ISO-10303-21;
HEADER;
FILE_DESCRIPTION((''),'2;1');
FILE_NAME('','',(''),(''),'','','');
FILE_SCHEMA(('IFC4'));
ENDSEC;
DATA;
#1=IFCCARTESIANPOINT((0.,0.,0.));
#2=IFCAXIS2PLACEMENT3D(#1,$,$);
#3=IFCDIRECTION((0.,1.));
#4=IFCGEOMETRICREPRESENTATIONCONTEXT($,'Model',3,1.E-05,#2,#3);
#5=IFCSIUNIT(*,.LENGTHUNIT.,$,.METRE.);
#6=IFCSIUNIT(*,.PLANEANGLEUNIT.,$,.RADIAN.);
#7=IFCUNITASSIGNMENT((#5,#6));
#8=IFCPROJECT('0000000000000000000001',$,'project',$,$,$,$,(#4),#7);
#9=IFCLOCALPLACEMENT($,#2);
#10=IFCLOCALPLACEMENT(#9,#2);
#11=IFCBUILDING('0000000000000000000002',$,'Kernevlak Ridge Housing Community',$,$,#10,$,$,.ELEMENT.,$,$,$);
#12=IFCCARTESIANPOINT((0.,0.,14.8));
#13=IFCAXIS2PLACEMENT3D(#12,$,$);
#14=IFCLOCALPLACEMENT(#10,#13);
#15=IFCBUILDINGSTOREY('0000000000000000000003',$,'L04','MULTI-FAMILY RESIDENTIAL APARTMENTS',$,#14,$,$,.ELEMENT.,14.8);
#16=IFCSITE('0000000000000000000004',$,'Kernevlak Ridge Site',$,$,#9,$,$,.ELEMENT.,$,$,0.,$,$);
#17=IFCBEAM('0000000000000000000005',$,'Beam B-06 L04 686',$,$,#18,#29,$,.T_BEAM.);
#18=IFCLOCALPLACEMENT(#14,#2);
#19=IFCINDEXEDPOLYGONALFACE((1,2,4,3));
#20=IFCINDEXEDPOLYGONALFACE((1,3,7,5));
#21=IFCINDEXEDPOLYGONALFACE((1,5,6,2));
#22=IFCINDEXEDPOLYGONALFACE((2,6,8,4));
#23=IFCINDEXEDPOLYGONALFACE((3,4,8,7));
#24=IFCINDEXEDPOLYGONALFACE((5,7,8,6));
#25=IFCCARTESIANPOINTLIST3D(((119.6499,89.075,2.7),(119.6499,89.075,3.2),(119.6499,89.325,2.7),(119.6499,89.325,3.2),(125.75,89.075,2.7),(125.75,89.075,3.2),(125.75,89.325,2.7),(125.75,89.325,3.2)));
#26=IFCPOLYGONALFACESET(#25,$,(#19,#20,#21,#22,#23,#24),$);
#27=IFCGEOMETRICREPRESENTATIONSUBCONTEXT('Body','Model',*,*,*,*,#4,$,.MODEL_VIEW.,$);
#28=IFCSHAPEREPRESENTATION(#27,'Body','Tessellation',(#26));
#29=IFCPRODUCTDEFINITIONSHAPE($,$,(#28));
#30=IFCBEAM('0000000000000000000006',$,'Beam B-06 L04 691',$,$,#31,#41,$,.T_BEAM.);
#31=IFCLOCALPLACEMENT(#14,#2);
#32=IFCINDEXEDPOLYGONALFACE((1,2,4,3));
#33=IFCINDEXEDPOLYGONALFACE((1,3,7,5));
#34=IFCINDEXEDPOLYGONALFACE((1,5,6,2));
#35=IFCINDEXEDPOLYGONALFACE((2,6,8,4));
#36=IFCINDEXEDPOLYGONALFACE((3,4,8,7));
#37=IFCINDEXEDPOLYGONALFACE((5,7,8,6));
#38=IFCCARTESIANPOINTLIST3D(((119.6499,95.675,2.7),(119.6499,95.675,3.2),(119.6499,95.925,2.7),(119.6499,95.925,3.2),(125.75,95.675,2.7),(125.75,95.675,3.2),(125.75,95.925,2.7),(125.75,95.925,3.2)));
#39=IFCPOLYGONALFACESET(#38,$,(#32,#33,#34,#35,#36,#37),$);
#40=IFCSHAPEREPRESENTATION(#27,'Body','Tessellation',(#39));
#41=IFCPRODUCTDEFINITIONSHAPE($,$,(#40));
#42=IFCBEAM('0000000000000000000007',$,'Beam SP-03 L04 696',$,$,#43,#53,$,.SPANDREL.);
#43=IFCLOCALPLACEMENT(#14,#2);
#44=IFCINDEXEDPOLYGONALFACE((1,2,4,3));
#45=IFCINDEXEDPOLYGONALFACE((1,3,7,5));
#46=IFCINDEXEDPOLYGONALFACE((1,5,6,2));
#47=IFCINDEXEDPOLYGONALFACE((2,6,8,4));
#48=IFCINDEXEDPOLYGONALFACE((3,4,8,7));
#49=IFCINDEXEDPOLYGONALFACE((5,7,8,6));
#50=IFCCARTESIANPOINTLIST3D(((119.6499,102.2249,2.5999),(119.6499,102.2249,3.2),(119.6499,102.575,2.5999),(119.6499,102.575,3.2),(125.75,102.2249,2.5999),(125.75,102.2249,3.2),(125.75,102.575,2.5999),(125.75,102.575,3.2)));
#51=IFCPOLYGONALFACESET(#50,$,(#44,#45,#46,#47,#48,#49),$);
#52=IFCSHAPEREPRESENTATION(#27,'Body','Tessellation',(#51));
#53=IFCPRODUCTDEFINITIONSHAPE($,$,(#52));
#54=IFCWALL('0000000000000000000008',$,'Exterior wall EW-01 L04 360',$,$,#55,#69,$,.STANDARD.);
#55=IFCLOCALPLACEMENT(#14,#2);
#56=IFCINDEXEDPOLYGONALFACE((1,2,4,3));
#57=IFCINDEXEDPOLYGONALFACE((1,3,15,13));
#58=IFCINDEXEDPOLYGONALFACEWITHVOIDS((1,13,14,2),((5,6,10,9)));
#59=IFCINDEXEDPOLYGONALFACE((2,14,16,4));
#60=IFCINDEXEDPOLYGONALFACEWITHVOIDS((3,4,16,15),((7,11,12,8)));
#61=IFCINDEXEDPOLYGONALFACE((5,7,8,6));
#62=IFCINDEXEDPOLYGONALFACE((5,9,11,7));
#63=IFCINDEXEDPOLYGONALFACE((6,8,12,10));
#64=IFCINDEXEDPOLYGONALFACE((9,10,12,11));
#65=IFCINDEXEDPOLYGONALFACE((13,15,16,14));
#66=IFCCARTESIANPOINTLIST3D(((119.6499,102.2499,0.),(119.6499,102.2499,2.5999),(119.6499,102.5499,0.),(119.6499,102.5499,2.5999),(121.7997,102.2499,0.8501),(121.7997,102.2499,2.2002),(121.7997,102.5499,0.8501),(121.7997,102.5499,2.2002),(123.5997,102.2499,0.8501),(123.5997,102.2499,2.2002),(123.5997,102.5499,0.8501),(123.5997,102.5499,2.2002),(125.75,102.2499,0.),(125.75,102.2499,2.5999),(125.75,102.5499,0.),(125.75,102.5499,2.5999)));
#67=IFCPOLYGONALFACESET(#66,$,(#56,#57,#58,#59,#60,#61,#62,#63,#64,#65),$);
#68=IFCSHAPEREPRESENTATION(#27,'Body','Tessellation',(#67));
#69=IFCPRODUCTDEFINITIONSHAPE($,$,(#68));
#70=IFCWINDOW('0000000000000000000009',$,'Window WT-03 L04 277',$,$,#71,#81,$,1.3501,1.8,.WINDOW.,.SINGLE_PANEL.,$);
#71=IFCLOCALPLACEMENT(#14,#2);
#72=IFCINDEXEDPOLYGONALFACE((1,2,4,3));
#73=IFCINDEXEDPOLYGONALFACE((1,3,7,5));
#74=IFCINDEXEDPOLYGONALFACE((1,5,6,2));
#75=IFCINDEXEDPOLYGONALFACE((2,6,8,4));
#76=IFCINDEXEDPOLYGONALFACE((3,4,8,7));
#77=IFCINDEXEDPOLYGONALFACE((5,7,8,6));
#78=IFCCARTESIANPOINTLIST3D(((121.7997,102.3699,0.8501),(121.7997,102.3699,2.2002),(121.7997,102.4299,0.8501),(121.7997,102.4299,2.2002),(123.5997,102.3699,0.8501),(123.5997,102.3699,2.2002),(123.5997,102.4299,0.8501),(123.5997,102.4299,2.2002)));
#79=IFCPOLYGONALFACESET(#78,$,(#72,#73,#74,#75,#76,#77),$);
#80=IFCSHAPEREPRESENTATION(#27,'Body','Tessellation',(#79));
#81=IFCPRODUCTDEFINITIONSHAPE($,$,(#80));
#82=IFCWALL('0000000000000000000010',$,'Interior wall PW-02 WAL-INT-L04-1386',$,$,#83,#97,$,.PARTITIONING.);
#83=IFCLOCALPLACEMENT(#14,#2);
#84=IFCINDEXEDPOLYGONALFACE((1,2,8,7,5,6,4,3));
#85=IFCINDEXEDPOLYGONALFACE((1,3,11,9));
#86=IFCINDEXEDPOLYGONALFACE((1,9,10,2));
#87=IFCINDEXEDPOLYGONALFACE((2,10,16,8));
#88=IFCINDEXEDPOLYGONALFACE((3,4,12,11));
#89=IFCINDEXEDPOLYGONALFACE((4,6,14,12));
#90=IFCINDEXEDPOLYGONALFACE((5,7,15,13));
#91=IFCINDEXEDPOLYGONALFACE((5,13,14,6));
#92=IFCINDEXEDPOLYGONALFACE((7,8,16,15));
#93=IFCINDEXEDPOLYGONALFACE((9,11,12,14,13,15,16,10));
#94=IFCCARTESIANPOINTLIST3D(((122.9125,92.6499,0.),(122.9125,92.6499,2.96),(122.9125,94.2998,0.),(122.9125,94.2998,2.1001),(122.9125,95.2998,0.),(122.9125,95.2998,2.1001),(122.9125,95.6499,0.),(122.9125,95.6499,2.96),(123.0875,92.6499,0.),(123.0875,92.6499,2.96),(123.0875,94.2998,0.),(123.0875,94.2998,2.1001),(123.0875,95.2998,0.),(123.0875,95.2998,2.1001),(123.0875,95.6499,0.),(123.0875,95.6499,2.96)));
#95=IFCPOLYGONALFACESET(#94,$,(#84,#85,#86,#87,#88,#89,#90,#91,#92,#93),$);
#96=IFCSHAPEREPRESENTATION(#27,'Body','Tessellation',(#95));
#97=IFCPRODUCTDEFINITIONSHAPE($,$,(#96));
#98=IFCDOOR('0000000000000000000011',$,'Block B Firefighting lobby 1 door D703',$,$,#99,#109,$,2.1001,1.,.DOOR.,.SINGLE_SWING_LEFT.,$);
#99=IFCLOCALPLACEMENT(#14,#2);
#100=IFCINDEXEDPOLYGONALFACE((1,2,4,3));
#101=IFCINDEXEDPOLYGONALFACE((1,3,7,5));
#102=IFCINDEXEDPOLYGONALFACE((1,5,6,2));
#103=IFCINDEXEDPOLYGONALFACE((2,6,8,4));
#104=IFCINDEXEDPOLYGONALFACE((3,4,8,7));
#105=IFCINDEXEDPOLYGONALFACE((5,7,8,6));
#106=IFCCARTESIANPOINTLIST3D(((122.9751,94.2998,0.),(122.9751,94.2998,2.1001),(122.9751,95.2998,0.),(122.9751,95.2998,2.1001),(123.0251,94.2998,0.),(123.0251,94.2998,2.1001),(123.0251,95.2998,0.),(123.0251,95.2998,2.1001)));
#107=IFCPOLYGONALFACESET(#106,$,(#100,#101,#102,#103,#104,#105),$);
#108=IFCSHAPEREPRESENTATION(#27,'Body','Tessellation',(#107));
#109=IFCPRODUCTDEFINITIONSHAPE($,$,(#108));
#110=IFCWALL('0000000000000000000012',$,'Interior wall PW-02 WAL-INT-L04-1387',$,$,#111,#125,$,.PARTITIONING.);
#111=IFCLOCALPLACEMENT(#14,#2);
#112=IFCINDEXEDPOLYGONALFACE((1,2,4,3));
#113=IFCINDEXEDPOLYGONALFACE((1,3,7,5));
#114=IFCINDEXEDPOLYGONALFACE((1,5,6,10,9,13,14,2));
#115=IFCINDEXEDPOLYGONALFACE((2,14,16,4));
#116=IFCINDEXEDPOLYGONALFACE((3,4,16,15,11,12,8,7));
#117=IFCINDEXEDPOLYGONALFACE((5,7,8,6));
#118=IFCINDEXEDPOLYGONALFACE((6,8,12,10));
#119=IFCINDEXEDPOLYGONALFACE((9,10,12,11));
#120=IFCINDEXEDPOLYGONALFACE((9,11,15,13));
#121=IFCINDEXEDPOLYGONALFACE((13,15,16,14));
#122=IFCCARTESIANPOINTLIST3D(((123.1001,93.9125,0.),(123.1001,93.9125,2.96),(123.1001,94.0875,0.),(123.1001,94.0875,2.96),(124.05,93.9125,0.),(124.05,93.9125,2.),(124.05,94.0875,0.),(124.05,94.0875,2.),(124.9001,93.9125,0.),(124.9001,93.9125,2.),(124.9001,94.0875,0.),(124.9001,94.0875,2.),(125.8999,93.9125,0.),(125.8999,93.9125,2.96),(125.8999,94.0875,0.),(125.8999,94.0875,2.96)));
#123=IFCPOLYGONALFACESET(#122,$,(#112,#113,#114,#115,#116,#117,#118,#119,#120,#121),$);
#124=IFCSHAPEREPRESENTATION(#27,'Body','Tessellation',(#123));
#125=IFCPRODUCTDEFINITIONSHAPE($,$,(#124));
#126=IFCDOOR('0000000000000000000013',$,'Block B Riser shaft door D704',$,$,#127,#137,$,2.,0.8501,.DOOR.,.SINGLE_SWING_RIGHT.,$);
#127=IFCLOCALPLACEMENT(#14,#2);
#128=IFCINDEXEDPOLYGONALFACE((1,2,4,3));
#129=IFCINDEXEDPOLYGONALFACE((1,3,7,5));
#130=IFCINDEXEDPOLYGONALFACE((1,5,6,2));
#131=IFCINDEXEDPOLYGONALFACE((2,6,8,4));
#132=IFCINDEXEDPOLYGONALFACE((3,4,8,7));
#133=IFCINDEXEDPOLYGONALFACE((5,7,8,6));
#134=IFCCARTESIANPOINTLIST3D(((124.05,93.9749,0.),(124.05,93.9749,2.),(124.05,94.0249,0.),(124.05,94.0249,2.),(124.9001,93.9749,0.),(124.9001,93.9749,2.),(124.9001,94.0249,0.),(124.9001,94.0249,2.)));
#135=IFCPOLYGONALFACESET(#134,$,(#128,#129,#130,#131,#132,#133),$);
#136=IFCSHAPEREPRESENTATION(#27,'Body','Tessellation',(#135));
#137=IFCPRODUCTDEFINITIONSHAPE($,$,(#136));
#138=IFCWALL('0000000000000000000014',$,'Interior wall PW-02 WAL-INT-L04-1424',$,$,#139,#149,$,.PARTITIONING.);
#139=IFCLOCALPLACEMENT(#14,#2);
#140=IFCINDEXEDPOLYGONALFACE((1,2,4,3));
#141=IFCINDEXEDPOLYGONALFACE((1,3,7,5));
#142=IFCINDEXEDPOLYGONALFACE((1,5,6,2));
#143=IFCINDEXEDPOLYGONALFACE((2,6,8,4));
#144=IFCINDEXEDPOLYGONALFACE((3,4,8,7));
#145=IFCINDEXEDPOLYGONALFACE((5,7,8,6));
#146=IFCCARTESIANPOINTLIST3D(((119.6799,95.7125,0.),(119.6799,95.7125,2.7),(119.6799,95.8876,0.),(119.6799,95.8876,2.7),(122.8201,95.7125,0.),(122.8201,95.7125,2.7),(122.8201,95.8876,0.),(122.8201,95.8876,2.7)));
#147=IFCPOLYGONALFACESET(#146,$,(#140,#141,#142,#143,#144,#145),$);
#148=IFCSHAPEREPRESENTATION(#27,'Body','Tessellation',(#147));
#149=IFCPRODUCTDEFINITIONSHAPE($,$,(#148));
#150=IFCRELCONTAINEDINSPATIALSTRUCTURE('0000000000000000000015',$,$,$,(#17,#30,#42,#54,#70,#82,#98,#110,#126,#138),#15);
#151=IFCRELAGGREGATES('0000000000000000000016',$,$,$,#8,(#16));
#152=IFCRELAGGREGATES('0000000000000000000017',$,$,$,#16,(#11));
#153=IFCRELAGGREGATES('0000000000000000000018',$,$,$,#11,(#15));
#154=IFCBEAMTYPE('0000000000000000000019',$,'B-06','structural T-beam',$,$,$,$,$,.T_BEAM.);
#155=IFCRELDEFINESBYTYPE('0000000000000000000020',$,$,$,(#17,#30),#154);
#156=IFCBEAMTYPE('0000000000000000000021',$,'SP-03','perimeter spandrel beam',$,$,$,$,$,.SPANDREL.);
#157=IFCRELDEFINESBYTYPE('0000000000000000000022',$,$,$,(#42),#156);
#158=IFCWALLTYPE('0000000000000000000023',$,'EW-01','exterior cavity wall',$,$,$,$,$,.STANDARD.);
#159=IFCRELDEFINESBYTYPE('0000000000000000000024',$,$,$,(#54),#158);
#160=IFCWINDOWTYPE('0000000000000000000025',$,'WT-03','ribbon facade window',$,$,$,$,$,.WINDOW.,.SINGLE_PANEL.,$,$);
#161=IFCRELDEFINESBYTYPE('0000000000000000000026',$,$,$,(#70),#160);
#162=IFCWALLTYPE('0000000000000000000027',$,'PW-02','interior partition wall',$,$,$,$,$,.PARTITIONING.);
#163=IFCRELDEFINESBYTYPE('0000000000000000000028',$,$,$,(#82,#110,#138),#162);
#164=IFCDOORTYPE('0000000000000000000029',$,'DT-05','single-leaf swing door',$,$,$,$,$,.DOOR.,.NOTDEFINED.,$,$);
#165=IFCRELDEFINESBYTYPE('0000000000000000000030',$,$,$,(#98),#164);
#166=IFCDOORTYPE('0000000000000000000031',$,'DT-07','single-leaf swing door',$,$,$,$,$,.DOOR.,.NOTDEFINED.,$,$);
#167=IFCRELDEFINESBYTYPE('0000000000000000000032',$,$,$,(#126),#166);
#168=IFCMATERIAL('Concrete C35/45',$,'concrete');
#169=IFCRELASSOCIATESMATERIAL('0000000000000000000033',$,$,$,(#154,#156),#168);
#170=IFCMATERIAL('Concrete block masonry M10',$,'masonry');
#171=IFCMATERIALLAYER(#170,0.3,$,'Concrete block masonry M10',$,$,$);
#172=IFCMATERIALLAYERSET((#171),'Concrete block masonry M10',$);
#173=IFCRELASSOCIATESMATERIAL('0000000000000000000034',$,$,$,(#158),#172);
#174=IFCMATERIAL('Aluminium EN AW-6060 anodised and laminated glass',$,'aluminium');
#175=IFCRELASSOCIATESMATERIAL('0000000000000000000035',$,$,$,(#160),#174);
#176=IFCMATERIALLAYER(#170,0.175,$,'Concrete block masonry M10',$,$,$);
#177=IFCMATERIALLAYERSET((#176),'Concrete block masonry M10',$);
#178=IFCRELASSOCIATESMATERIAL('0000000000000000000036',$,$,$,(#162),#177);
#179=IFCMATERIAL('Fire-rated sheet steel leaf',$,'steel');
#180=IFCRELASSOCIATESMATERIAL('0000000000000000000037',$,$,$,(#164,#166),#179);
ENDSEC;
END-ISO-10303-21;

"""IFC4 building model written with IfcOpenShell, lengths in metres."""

from ifc_helpers import new_model, si_unit, direction, frame, frame_2d, origin, origin_2d, place, context, subcontext, project, spatial, rectangle, extrude, material, layer, layer_set, material_profile, profile_set, type_object, element, fill, save


model = new_model("IFC4")

# Units and contexts
model_context = context("Model", 3, precision=1e-05, world=origin(), true_north=direction((0.0, 1.0)))
body_context = subcontext(model_context, "Body", "Model", "MODEL_VIEW")
ifc_project = project(units=[si_unit("LENGTHUNIT", "METRE"), si_unit("PLANEANGLEUNIT", "RADIAN")], contexts=[model_context])

# Site, building, storey
site_placement = place(None, origin())
site = spatial("IfcSite", under=ifc_project, at=site_placement, Name="Kernevlak Ridge Site", CompositionType="ELEMENT", RefElevation=0.0)
building_placement = place(site_placement, origin())
building = spatial("IfcBuilding", under=site, at=building_placement, Name="Kernevlak Ridge Housing Community", CompositionType="ELEMENT")
storey_placement = place(building_placement, frame((0.0, 0.0, 14.8)))
storey = spatial("IfcBuildingStorey", under=building, at=storey_placement, Name="L04", Description="MULTI-FAMILY RESIDENTIAL APARTMENTS", CompositionType="ELEMENT", Elevation=14.8)

# Beams
ifc_material_1 = material(Name="Concrete C35/45", Category="concrete")
ifc_material_profile_1 = material_profile(ifc_material_1, rectangle(XDim=0.25, YDim=0.5, at=origin_2d()), Name="RC 250x500")
ifc_profile_set_1 = profile_set([ifc_material_profile_1], Name="Concrete C35/45")
beam_type_1 = type_object("IfcBeamType", Name="B-06", Description="structural T-beam", PredefinedType="T_BEAM", material=ifc_profile_set_1)
for number, where, z_axis, x_axis, name in (
    (1, (119.6499, 89.2, 2.95), (1.0, 0.0, 0.0), (0.0, 1.0, 0.0), "Beam B-06 L04 686"),
    (2, (119.6499, 95.8, 2.95), (1.0, 0.0, 0.0), (0.0, 1.0, 0.0), "Beam B-06 L04 691"),
):
    element("IfcBeam", number, at=place(storey_placement, frame(where, z_axis=z_axis, x_axis=x_axis)), inside=storey, type_object=beam_type_1, Name=name, PredefinedType="T_BEAM", context=body_context, shape_type="SweptSolid", body=[
        extrude(rectangle(XDim=0.25, YDim=0.5, at=origin_2d()), origin(), (0.0, 0.0, 1.0), 6.1001),
    ])
ifc_material_profile_2 = material_profile(ifc_material_1, rectangle(XDim=0.3501, YDim=0.6001, at=origin_2d()), Name="RC 350x600")
ifc_profile_set_2 = profile_set([ifc_material_profile_2], Name="Concrete C35/45")
beam_type_2 = type_object("IfcBeamType", Name="SP-03", Description="perimeter spandrel beam", PredefinedType="SPANDREL", material=ifc_profile_set_2)
beam_placement = place(storey_placement, frame((119.6499, 102.3999, 2.8999), z_axis=(1.0, 0.0, 0.0), x_axis=(0.0, 1.0, 0.0)))
element("IfcBeam", 3, at=beam_placement, inside=storey, type_object=beam_type_2, Name="Beam SP-03 L04 696", PredefinedType="SPANDREL", context=body_context, shape_type="SweptSolid", body=[
    extrude(rectangle(XDim=0.3501, YDim=0.6001, at=origin_2d()), origin(), (0.0, 0.0, 1.0), 6.1001),
])

# Wall, opening, window
ifc_material_2 = material(Name="Concrete block masonry M10", Category="masonry")
ifc_layer_1 = layer(ifc_material_2, 0.3, Name="Concrete block masonry M10")
ifc_layer_set_1 = layer_set([ifc_layer_1], Name="Concrete block masonry M10")
wall_type_1 = type_object("IfcWallType", Name="EW-01", Description="exterior cavity wall", PredefinedType="STANDARD", material=ifc_layer_set_1)
wall_1_placement = place(storey_placement, frame((119.6499, 102.3999, 0.0), z_axis=(0.0, 0.0, 1.0), x_axis=(1.0, 0.0, 0.0)))
wall_1 = element("IfcWall", 4, at=wall_1_placement, inside=storey, type_object=wall_type_1, Name="Exterior wall EW-01 L04 360", PredefinedType="STANDARD", context=body_context, shape_type="SweptSolid", body=[
    extrude(rectangle(XDim=6.1001, YDim=0.3, at=frame_2d((3.05, 0.0))), origin(), (0.0, 0.0, 1.0), 2.5999),
])
opening_1_placement = place(wall_1_placement, frame((2.1499, 0.0, 0.8501)))
opening_1 = element("IfcOpeningElement", 5, at=opening_1_placement, cuts=wall_1, PredefinedType="OPENING", context=body_context, shape_type="SweptSolid", body=[
    extrude(rectangle(XDim=1.8, YDim=1.3501, at=frame_2d((0.8999, 0.675))), frame((0.0, 0.1599, 0.0), z_axis=(0.0, -1.0, 0.0), x_axis=(1.0, 0.0, 0.0)), (0.0, 0.0, 1.0), 0.3201),
])
ifc_material_3 = material(Name="Aluminium EN AW-6060 anodised and laminated glass", Category="aluminium")
window_type = type_object("IfcWindowType", Name="WT-03", Description="ribbon facade window", PartitioningType="SINGLE_PANEL", PredefinedType="WINDOW", material=ifc_material_3)
window_placement = place(opening_1_placement, origin())
window = element("IfcWindow", 6, at=window_placement, inside=storey, type_object=window_type, Name="Window WT-03 L04 277", OverallHeight=1.3501, OverallWidth=1.8, PartitioningType="SINGLE_PANEL", PredefinedType="WINDOW", context=body_context, shape_type="SweptSolid", body=[
    extrude(rectangle(XDim=1.8, YDim=1.3501, at=frame_2d((0.8999, 0.675))), frame((0.0, 0.03, 0.0), z_axis=(0.0, -1.0, 0.0), x_axis=(1.0, 0.0, 0.0)), (0.0, 0.0, 1.0), 0.0601),
])
fill(opening_1, window)

# Walls, openings, doors
ifc_layer_2 = layer(ifc_material_2, 0.175, Name="Concrete block masonry M10")
ifc_layer_set_2 = layer_set([ifc_layer_2], Name="Concrete block masonry M10")
wall_type_2 = type_object("IfcWallType", Name="PW-02", Description="interior partition wall", PredefinedType="PARTITIONING", material=ifc_layer_set_2)
wall_2_placement = place(storey_placement, frame((123.0, 92.6499, 0.0), z_axis=(0.0, 0.0, 1.0), x_axis=(0.0, 1.0, 0.0)))
wall_2 = element("IfcWall", 7, at=wall_2_placement, inside=storey, type_object=wall_type_2, Name="Interior wall PW-02 WAL-INT-L04-1386", PredefinedType="PARTITIONING", context=body_context, shape_type="SweptSolid", body=[
    extrude(rectangle(XDim=3.0, YDim=0.175, at=frame_2d((1.5, 0.0))), origin(), (0.0, 0.0, 1.0), 2.96),
])
opening_2_placement = place(wall_2_placement, frame((1.6499, 0.0, 0.0)))
opening_2 = element("IfcOpeningElement", 8, at=opening_2_placement, cuts=wall_2, PredefinedType="OPENING", context=body_context, shape_type="SweptSolid", body=[
    extrude(rectangle(XDim=1.0, YDim=2.1001, at=frame_2d((0.5, 1.05))), frame((0.0, 0.0974, 0.0), z_axis=(0.0, -1.0, 0.0), x_axis=(1.0, 0.0, 0.0)), (0.0, 0.0, 1.0), 0.1951),
])
ifc_material_4 = material(Name="Fire-rated sheet steel leaf", Category="steel")
door_type_1 = type_object("IfcDoorType", Name="DT-05", Description="single-leaf swing door", OperationType="NOTDEFINED", PredefinedType="DOOR", material=ifc_material_4)
door_1_placement = place(opening_2_placement, origin())
door_1 = element("IfcDoor", 9, at=door_1_placement, inside=storey, type_object=door_type_1, Name="Block B Firefighting lobby 1 door D703", OperationType="SINGLE_SWING_LEFT", OverallHeight=2.1001, OverallWidth=1.0, PredefinedType="DOOR", context=body_context, shape_type="SweptSolid", body=[
    extrude(rectangle(XDim=1.0, YDim=2.1001, at=frame_2d((0.5, 1.05))), frame((0.0, 0.0249, 0.0), z_axis=(0.0, -1.0, 0.0), x_axis=(1.0, 0.0, 0.0)), (0.0, 0.0, 1.0), 0.05),
])
fill(opening_2, door_1)
wall_3_placement = place(storey_placement, frame((123.1001, 94.0, 0.0), z_axis=(0.0, 0.0, 1.0), x_axis=(1.0, 0.0, 0.0)))
wall_3 = element("IfcWall", 10, at=wall_3_placement, inside=storey, type_object=wall_type_2, Name="Interior wall PW-02 WAL-INT-L04-1387", PredefinedType="PARTITIONING", context=body_context, shape_type="SweptSolid", body=[
    extrude(rectangle(XDim=2.7998, YDim=0.175, at=frame_2d((1.3999, 0.0))), origin(), (0.0, 0.0, 1.0), 2.96),
])
opening_3_placement = place(wall_3_placement, frame((0.95, 0.0, 0.0)))
opening_3 = element("IfcOpeningElement", 11, at=opening_3_placement, cuts=wall_3, PredefinedType="OPENING", context=body_context, shape_type="SweptSolid", body=[
    extrude(rectangle(XDim=0.8501, YDim=2.0, at=frame_2d((0.425, 1.0))), frame((0.0, 0.0974, 0.0), z_axis=(0.0, -1.0, 0.0), x_axis=(1.0, 0.0, 0.0)), (0.0, 0.0, 1.0), 0.1951),
])
door_type_2 = type_object("IfcDoorType", Name="DT-07", Description="single-leaf swing door", OperationType="NOTDEFINED", PredefinedType="DOOR", material=ifc_material_4)
door_2_placement = place(opening_3_placement, origin())
door_2 = element("IfcDoor", 12, at=door_2_placement, inside=storey, type_object=door_type_2, Name="Block B Riser shaft door D704", OperationType="SINGLE_SWING_RIGHT", OverallHeight=2.0, OverallWidth=0.8501, PredefinedType="DOOR", context=body_context, shape_type="SweptSolid", body=[
    extrude(rectangle(XDim=0.8501, YDim=2.0, at=frame_2d((0.425, 1.0))), frame((0.0, 0.0249, 0.0), z_axis=(0.0, -1.0, 0.0), x_axis=(1.0, 0.0, 0.0)), (0.0, 0.0, 1.0), 0.05),
])
fill(opening_3, door_2)

# Wall
wall_4_placement = place(storey_placement, frame((119.6799, 95.8, 0.0), z_axis=(0.0, 0.0, 1.0), x_axis=(1.0, 0.0, 0.0)))
element("IfcWall", 13, at=wall_4_placement, inside=storey, type_object=wall_type_2, Name="Interior wall PW-02 WAL-INT-L04-1424", PredefinedType="PARTITIONING", context=body_context, shape_type="SweptSolid", body=[
    extrude(rectangle(XDim=3.1401, YDim=0.175, at=frame_2d((1.5701, 0.0))), origin(), (0.0, 0.0, 1.0), 2.7),
])

save(model, "model.ifc")
